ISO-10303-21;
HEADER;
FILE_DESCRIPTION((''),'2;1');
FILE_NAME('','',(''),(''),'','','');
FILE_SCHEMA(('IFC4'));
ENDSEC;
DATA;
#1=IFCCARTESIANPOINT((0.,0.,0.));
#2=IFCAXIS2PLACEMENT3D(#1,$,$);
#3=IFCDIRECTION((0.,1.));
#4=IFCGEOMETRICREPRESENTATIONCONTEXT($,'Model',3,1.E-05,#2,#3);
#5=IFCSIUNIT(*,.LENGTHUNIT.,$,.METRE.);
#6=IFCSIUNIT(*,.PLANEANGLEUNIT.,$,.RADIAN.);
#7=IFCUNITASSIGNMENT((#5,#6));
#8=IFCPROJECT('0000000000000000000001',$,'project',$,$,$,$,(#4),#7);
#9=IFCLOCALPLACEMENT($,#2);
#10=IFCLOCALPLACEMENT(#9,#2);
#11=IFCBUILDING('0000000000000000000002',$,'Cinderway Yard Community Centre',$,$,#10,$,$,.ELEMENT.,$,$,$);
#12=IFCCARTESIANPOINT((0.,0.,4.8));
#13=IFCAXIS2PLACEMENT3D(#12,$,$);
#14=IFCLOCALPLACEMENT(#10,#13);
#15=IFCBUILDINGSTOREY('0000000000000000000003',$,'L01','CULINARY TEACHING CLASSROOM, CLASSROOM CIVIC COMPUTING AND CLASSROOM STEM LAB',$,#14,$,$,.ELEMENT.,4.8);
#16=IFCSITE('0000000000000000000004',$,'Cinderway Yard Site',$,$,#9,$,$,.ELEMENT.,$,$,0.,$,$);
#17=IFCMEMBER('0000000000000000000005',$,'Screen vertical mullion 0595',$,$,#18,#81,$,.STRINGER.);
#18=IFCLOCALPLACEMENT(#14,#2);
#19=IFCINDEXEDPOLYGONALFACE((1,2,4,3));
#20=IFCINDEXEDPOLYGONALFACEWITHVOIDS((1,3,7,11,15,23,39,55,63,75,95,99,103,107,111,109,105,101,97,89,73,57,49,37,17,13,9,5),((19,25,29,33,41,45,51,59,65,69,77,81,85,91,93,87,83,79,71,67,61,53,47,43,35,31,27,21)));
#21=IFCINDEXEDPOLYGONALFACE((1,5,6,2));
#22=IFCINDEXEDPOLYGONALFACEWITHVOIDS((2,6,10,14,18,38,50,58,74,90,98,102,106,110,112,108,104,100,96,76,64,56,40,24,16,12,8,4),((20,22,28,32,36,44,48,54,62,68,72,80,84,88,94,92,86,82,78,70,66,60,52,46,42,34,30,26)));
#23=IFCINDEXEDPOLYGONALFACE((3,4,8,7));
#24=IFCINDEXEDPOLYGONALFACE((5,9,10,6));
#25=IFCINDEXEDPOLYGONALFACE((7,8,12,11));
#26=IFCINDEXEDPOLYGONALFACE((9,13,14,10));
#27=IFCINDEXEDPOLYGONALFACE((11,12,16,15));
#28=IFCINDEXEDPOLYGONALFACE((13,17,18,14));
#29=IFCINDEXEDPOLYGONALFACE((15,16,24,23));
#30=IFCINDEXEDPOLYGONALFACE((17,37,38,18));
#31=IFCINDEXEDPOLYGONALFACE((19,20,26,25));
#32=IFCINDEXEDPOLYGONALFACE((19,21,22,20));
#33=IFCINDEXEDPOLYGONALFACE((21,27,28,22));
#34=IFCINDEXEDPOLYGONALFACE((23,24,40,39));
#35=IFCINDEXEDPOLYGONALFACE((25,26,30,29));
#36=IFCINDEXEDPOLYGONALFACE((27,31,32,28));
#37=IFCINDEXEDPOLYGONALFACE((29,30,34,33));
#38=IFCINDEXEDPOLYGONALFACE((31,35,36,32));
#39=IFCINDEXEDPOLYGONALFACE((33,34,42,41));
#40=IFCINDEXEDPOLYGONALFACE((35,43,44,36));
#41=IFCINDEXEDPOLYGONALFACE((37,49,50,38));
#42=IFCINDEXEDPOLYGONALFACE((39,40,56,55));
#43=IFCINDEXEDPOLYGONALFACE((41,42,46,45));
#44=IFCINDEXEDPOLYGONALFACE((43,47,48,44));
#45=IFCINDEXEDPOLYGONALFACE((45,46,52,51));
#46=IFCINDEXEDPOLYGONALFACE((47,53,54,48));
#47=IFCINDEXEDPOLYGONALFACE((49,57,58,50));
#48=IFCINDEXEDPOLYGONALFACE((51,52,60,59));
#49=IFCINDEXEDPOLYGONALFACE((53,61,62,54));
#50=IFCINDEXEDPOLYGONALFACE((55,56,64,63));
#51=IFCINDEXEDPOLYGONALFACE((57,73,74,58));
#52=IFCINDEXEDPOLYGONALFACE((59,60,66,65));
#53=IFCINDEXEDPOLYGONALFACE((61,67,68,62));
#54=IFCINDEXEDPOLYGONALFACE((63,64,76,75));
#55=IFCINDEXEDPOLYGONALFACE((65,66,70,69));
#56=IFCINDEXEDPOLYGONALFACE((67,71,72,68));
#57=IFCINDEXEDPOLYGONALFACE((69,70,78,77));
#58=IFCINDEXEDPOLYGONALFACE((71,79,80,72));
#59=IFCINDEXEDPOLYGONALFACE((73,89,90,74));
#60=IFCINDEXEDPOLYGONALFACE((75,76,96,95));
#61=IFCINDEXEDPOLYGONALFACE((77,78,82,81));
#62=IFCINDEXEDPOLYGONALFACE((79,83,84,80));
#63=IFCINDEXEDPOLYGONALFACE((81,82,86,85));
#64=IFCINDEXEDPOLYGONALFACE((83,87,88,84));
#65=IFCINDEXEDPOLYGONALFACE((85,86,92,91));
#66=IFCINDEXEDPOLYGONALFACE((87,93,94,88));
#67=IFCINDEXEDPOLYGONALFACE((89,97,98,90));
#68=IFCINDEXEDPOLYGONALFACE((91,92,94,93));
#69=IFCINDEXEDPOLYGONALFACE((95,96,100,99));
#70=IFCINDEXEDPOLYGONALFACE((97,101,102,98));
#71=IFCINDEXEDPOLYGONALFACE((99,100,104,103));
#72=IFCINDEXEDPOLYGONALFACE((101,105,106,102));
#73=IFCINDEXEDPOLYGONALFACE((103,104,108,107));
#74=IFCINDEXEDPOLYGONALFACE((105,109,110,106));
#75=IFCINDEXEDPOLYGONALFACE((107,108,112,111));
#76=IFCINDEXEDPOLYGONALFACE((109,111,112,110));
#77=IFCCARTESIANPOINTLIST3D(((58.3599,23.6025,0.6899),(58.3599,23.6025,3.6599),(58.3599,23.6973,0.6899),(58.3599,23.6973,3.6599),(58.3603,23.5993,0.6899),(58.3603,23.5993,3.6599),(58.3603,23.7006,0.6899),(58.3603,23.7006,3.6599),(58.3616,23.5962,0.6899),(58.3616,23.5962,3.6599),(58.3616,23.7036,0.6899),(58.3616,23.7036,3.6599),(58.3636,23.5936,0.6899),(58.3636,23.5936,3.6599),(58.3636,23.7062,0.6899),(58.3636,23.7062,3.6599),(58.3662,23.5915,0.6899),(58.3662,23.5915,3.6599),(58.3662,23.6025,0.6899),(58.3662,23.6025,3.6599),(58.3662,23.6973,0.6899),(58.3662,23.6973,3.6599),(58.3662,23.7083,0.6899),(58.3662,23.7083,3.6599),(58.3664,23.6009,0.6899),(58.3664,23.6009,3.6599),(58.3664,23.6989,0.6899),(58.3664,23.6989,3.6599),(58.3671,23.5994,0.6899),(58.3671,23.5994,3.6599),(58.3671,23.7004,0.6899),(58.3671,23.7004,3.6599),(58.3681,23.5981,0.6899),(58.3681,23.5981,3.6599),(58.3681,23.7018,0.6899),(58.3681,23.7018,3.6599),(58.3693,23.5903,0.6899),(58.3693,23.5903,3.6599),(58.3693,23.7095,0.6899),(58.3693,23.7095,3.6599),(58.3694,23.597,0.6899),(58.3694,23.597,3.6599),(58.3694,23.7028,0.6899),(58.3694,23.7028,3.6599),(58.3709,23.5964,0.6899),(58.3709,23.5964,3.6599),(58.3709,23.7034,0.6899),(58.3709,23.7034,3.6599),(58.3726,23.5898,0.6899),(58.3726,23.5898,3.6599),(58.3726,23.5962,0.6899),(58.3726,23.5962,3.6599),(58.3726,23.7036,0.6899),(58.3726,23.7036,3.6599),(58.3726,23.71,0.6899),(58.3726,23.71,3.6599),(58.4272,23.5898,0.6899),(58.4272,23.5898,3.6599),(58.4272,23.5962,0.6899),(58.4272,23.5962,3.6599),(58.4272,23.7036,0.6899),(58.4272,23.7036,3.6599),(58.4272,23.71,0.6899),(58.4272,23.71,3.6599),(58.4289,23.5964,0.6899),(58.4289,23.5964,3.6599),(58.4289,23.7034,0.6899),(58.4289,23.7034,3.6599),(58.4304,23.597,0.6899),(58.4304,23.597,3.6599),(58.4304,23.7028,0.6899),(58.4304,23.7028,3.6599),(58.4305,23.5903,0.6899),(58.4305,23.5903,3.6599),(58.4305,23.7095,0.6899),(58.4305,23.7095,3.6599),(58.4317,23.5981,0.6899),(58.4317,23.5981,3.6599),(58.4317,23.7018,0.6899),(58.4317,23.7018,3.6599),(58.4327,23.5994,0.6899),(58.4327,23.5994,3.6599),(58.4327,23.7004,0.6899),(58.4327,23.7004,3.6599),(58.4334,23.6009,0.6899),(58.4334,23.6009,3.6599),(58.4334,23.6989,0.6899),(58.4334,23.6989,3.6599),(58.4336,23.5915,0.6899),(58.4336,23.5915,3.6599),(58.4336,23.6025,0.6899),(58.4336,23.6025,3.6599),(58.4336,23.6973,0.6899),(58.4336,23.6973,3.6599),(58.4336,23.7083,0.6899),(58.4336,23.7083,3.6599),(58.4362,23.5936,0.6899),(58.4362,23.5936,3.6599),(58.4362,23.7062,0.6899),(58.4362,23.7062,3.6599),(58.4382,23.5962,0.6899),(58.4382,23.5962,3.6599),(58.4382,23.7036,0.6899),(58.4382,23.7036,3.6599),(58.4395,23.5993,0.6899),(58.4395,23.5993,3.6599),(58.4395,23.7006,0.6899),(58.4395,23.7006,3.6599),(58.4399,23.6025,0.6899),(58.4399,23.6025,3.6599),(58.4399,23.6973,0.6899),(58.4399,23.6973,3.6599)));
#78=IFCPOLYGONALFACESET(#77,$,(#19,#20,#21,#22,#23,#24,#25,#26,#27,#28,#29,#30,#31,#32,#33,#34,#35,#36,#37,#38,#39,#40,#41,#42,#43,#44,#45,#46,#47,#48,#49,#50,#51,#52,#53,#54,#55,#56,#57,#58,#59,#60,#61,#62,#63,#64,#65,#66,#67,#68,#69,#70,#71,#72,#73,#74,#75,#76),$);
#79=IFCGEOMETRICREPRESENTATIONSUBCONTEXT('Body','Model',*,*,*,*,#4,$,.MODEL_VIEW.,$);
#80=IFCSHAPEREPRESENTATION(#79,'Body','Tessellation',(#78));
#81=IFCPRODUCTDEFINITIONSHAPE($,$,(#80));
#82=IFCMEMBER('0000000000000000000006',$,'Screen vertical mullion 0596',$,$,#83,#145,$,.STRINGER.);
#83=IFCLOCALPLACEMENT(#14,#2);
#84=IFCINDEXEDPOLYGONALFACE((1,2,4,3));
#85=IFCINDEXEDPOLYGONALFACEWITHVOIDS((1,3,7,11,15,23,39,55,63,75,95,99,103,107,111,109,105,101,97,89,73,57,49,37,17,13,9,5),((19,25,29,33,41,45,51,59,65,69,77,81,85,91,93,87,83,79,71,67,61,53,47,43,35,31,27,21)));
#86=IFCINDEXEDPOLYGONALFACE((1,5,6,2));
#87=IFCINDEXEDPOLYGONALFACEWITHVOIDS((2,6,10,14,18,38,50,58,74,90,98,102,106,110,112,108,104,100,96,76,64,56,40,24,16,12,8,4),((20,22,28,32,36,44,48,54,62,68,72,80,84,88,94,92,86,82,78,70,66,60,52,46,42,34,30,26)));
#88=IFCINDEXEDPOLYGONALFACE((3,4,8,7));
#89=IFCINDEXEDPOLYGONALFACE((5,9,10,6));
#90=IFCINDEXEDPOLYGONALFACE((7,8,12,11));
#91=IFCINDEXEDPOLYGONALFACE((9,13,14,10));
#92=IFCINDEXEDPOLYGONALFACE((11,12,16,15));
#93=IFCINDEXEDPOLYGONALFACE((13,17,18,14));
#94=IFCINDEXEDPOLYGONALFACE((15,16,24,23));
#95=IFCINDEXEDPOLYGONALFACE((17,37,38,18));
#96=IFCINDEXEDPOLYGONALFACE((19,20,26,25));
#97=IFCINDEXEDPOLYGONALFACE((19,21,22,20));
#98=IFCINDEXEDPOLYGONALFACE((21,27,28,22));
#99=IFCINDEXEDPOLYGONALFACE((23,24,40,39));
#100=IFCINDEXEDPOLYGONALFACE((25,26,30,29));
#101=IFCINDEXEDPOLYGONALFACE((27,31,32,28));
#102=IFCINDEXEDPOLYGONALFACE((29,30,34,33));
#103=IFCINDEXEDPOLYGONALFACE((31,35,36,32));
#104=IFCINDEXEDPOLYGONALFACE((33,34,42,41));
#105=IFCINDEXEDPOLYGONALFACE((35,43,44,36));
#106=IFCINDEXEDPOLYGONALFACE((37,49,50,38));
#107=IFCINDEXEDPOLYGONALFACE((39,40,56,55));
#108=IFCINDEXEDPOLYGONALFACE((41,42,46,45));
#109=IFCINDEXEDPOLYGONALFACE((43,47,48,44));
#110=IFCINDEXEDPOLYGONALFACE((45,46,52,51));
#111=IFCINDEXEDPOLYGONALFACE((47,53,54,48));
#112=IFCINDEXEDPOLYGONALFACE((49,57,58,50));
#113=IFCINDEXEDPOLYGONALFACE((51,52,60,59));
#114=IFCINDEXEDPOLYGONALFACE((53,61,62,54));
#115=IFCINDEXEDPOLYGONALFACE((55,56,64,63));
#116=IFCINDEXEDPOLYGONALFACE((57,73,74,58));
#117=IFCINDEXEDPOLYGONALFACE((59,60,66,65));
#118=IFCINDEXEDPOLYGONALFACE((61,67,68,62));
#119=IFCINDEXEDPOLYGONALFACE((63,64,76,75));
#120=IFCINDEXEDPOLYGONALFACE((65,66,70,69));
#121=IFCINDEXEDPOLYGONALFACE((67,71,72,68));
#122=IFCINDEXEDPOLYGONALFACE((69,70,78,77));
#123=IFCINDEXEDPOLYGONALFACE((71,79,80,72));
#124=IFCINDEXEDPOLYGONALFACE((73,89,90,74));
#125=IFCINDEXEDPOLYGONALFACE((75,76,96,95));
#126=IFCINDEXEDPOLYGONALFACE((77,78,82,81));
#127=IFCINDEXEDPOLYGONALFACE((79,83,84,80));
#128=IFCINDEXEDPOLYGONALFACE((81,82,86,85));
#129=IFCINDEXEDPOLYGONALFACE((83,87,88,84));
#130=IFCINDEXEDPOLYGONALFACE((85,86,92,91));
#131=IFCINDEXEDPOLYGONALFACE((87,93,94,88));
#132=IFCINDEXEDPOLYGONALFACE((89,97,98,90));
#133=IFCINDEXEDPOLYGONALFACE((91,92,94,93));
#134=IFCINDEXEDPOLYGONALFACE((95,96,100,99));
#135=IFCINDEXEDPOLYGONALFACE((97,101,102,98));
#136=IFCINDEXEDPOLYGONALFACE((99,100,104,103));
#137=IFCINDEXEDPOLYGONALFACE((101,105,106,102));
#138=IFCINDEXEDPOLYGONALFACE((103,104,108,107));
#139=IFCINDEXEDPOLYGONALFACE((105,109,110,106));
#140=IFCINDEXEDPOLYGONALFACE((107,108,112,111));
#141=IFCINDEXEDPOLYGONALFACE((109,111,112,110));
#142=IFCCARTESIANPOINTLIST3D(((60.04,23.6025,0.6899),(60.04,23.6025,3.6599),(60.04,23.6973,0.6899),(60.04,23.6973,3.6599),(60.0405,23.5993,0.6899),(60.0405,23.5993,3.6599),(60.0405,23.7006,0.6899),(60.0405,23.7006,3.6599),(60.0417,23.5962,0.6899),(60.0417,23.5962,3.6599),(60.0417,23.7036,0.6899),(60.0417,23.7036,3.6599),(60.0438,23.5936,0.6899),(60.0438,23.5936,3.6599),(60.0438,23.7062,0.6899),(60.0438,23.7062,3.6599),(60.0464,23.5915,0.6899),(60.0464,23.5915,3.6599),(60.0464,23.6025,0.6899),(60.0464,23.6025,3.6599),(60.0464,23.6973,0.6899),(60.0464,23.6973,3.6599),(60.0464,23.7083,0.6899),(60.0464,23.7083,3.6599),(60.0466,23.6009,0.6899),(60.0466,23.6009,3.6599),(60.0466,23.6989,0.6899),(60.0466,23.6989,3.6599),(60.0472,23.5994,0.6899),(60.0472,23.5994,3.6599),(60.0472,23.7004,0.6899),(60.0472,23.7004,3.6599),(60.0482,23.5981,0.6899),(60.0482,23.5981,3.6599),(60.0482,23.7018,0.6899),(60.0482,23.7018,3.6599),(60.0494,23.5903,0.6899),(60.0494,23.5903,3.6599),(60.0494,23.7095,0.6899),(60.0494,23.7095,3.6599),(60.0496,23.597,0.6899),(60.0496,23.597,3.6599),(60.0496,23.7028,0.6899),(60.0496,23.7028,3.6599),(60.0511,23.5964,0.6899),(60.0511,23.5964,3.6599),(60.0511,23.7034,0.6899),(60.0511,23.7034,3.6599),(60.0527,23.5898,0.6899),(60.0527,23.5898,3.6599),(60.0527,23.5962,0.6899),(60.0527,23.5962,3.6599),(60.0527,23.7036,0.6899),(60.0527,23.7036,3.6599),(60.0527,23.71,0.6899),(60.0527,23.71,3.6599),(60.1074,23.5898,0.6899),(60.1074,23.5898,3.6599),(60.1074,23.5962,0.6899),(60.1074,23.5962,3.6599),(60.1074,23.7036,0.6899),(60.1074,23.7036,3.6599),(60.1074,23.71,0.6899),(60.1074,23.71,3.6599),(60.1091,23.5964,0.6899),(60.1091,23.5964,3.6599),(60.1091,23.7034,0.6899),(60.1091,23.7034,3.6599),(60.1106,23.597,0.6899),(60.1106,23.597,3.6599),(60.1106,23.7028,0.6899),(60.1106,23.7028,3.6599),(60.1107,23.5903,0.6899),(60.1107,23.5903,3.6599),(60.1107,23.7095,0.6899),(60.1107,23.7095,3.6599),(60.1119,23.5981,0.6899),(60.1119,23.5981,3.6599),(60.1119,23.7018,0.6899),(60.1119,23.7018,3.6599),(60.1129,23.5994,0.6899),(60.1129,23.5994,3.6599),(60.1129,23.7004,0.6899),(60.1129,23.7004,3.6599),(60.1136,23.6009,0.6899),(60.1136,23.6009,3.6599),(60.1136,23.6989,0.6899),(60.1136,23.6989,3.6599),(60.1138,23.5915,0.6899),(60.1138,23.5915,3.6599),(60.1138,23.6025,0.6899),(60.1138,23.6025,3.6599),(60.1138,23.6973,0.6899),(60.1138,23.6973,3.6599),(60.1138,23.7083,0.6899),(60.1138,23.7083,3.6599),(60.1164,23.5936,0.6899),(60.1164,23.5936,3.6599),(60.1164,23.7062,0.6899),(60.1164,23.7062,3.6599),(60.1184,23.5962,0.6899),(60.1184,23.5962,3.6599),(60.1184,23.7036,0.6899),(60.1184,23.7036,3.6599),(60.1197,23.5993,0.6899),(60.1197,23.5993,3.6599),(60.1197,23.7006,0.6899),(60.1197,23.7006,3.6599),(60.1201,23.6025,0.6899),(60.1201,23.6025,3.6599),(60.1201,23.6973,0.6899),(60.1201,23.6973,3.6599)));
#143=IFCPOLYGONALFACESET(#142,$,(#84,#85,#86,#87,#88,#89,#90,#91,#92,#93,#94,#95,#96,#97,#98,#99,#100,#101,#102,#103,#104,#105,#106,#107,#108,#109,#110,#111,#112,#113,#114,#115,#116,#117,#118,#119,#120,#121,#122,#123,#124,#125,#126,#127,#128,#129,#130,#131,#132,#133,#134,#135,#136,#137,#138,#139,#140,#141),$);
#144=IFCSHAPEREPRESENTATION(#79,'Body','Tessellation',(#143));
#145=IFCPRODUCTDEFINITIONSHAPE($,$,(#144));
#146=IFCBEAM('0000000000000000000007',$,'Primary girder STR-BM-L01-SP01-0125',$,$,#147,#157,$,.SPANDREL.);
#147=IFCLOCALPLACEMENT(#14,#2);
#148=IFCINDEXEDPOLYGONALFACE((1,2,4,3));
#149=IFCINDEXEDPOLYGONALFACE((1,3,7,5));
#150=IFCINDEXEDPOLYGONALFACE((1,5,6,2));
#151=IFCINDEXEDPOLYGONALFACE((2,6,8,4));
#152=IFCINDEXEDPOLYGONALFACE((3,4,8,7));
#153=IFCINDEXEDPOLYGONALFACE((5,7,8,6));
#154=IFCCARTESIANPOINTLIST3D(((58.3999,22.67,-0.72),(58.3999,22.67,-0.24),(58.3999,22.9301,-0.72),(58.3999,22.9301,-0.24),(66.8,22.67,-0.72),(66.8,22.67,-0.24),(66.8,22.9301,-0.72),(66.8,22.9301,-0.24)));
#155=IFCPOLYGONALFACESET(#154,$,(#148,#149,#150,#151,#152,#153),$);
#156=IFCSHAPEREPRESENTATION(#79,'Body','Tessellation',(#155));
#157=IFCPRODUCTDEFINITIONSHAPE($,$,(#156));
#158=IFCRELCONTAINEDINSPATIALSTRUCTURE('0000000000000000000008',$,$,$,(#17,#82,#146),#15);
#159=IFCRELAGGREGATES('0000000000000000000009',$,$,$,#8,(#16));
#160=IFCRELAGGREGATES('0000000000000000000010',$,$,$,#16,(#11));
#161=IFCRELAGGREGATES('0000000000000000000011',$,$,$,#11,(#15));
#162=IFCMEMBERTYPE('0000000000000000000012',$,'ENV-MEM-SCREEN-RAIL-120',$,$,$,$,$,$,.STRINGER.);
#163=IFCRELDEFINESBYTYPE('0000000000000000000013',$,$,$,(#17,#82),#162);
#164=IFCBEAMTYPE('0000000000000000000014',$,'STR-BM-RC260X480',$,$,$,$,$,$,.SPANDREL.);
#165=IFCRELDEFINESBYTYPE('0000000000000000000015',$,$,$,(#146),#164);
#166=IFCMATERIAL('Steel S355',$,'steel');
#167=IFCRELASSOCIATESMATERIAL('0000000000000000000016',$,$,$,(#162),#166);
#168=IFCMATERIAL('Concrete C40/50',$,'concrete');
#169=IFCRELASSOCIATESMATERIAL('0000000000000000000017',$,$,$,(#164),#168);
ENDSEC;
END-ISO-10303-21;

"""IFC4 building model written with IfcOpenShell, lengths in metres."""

from ifc_helpers import new_model, si_unit, direction, frame, origin, origin_2d, place, context, subcontext, project, spatial, rectangle, hollow_rectangle, extrude, material, material_profile, profile_set, type_object, element, save


model = new_model("IFC4")

# Units and contexts
model_context = context("Model", 3, precision=1e-05, world=origin(), true_north=direction((0.0, 1.0)))
body_context = subcontext(model_context, "Body", "Model", "MODEL_VIEW")
ifc_project = project(units=[si_unit("LENGTHUNIT", "METRE"), si_unit("PLANEANGLEUNIT", "RADIAN")], contexts=[model_context])

# Site, building, storey
site_placement = place(None, origin())
site = spatial("IfcSite", under=ifc_project, at=site_placement, Name="Cinderway Yard Site", CompositionType="ELEMENT", RefElevation=0.0)
building_placement = place(site_placement, origin())
building = spatial("IfcBuilding", under=site, at=building_placement, Name="Cinderway Yard Community Centre", CompositionType="ELEMENT")
storey_placement = place(building_placement, frame((0.0, 0.0, 4.8)))
storey = spatial("IfcBuildingStorey", under=building, at=storey_placement, Name="L01", Description="CULINARY TEACHING CLASSROOM, CLASSROOM CIVIC COMPUTING AND CLASSROOM STEM LAB", CompositionType="ELEMENT", Elevation=4.8)

# Shared definitions
ifc_material_1 = material(Name="Concrete C40/50", Category="concrete")

# Members
ifc_material_2 = material(Name="Steel S355", Category="steel")
ifc_material_profile_1 = material_profile(ifc_material_2, hollow_rectangle(XDim=0.0801, YDim=0.1201, WallThickness=0.0063, InnerFilletRadius=0.0063, OuterFilletRadius=0.0127, at=origin_2d()), Name="Steel S355")
ifc_profile_set_1 = profile_set([ifc_material_profile_1], Name="Steel S355")
member_type_1 = type_object("IfcMemberType", Name="ENV-MEM-SCREEN-RAIL-120", PredefinedType="STRINGER", material=ifc_profile_set_1)
for number, where, z_axis, x_axis, name in (
    (1, (58.3999, 23.6499, 0.6899), (0.0, 0.0, 1.0), (1.0, 0.0, 0.0), "Screen vertical mullion 0595"),
    (2, (60.0801, 23.6499, 0.6899), (0.0, 0.0, 1.0), (1.0, 0.0, 0.0), "Screen vertical mullion 0596"),
):
    element("IfcMember", number, at=place(storey_placement, frame(where, z_axis=z_axis, x_axis=x_axis)), inside=storey, type_object=member_type_1, Name=name, PredefinedType="STRINGER", context=body_context, shape_type="SweptSolid", body=[
        extrude(hollow_rectangle(XDim=0.0801, YDim=0.1201, WallThickness=0.0063, InnerFilletRadius=0.0063, OuterFilletRadius=0.0127, at=origin_2d()), origin(), (0.0, 0.0, 1.0), 2.97),
    ])

# Beam
ifc_material_profile_2 = material_profile(ifc_material_1, rectangle(XDim=0.26, YDim=0.48, at=origin_2d()), Name="Concrete C40/50")
ifc_profile_set_2 = profile_set([ifc_material_profile_2], Name="Concrete C40/50")
beam_type = type_object("IfcBeamType", Name="STR-BM-RC260X480", PredefinedType="SPANDREL", material=ifc_profile_set_2)
beam_placement = place(storey_placement, frame((58.3999, 22.8, -0.48), z_axis=(1.0, 0.0, 0.0), x_axis=(0.0, 1.0, 0.0)))
element("IfcBeam", 3, at=beam_placement, inside=storey, type_object=beam_type, Name="Primary girder STR-BM-L01-SP01-0125", PredefinedType="SPANDREL", context=body_context, shape_type="SweptSolid", body=[
    extrude(rectangle(XDim=0.26, YDim=0.48, at=origin_2d()), origin(), (0.0, 0.0, 1.0), 8.4001),
])

save(model, "model.ifc")
